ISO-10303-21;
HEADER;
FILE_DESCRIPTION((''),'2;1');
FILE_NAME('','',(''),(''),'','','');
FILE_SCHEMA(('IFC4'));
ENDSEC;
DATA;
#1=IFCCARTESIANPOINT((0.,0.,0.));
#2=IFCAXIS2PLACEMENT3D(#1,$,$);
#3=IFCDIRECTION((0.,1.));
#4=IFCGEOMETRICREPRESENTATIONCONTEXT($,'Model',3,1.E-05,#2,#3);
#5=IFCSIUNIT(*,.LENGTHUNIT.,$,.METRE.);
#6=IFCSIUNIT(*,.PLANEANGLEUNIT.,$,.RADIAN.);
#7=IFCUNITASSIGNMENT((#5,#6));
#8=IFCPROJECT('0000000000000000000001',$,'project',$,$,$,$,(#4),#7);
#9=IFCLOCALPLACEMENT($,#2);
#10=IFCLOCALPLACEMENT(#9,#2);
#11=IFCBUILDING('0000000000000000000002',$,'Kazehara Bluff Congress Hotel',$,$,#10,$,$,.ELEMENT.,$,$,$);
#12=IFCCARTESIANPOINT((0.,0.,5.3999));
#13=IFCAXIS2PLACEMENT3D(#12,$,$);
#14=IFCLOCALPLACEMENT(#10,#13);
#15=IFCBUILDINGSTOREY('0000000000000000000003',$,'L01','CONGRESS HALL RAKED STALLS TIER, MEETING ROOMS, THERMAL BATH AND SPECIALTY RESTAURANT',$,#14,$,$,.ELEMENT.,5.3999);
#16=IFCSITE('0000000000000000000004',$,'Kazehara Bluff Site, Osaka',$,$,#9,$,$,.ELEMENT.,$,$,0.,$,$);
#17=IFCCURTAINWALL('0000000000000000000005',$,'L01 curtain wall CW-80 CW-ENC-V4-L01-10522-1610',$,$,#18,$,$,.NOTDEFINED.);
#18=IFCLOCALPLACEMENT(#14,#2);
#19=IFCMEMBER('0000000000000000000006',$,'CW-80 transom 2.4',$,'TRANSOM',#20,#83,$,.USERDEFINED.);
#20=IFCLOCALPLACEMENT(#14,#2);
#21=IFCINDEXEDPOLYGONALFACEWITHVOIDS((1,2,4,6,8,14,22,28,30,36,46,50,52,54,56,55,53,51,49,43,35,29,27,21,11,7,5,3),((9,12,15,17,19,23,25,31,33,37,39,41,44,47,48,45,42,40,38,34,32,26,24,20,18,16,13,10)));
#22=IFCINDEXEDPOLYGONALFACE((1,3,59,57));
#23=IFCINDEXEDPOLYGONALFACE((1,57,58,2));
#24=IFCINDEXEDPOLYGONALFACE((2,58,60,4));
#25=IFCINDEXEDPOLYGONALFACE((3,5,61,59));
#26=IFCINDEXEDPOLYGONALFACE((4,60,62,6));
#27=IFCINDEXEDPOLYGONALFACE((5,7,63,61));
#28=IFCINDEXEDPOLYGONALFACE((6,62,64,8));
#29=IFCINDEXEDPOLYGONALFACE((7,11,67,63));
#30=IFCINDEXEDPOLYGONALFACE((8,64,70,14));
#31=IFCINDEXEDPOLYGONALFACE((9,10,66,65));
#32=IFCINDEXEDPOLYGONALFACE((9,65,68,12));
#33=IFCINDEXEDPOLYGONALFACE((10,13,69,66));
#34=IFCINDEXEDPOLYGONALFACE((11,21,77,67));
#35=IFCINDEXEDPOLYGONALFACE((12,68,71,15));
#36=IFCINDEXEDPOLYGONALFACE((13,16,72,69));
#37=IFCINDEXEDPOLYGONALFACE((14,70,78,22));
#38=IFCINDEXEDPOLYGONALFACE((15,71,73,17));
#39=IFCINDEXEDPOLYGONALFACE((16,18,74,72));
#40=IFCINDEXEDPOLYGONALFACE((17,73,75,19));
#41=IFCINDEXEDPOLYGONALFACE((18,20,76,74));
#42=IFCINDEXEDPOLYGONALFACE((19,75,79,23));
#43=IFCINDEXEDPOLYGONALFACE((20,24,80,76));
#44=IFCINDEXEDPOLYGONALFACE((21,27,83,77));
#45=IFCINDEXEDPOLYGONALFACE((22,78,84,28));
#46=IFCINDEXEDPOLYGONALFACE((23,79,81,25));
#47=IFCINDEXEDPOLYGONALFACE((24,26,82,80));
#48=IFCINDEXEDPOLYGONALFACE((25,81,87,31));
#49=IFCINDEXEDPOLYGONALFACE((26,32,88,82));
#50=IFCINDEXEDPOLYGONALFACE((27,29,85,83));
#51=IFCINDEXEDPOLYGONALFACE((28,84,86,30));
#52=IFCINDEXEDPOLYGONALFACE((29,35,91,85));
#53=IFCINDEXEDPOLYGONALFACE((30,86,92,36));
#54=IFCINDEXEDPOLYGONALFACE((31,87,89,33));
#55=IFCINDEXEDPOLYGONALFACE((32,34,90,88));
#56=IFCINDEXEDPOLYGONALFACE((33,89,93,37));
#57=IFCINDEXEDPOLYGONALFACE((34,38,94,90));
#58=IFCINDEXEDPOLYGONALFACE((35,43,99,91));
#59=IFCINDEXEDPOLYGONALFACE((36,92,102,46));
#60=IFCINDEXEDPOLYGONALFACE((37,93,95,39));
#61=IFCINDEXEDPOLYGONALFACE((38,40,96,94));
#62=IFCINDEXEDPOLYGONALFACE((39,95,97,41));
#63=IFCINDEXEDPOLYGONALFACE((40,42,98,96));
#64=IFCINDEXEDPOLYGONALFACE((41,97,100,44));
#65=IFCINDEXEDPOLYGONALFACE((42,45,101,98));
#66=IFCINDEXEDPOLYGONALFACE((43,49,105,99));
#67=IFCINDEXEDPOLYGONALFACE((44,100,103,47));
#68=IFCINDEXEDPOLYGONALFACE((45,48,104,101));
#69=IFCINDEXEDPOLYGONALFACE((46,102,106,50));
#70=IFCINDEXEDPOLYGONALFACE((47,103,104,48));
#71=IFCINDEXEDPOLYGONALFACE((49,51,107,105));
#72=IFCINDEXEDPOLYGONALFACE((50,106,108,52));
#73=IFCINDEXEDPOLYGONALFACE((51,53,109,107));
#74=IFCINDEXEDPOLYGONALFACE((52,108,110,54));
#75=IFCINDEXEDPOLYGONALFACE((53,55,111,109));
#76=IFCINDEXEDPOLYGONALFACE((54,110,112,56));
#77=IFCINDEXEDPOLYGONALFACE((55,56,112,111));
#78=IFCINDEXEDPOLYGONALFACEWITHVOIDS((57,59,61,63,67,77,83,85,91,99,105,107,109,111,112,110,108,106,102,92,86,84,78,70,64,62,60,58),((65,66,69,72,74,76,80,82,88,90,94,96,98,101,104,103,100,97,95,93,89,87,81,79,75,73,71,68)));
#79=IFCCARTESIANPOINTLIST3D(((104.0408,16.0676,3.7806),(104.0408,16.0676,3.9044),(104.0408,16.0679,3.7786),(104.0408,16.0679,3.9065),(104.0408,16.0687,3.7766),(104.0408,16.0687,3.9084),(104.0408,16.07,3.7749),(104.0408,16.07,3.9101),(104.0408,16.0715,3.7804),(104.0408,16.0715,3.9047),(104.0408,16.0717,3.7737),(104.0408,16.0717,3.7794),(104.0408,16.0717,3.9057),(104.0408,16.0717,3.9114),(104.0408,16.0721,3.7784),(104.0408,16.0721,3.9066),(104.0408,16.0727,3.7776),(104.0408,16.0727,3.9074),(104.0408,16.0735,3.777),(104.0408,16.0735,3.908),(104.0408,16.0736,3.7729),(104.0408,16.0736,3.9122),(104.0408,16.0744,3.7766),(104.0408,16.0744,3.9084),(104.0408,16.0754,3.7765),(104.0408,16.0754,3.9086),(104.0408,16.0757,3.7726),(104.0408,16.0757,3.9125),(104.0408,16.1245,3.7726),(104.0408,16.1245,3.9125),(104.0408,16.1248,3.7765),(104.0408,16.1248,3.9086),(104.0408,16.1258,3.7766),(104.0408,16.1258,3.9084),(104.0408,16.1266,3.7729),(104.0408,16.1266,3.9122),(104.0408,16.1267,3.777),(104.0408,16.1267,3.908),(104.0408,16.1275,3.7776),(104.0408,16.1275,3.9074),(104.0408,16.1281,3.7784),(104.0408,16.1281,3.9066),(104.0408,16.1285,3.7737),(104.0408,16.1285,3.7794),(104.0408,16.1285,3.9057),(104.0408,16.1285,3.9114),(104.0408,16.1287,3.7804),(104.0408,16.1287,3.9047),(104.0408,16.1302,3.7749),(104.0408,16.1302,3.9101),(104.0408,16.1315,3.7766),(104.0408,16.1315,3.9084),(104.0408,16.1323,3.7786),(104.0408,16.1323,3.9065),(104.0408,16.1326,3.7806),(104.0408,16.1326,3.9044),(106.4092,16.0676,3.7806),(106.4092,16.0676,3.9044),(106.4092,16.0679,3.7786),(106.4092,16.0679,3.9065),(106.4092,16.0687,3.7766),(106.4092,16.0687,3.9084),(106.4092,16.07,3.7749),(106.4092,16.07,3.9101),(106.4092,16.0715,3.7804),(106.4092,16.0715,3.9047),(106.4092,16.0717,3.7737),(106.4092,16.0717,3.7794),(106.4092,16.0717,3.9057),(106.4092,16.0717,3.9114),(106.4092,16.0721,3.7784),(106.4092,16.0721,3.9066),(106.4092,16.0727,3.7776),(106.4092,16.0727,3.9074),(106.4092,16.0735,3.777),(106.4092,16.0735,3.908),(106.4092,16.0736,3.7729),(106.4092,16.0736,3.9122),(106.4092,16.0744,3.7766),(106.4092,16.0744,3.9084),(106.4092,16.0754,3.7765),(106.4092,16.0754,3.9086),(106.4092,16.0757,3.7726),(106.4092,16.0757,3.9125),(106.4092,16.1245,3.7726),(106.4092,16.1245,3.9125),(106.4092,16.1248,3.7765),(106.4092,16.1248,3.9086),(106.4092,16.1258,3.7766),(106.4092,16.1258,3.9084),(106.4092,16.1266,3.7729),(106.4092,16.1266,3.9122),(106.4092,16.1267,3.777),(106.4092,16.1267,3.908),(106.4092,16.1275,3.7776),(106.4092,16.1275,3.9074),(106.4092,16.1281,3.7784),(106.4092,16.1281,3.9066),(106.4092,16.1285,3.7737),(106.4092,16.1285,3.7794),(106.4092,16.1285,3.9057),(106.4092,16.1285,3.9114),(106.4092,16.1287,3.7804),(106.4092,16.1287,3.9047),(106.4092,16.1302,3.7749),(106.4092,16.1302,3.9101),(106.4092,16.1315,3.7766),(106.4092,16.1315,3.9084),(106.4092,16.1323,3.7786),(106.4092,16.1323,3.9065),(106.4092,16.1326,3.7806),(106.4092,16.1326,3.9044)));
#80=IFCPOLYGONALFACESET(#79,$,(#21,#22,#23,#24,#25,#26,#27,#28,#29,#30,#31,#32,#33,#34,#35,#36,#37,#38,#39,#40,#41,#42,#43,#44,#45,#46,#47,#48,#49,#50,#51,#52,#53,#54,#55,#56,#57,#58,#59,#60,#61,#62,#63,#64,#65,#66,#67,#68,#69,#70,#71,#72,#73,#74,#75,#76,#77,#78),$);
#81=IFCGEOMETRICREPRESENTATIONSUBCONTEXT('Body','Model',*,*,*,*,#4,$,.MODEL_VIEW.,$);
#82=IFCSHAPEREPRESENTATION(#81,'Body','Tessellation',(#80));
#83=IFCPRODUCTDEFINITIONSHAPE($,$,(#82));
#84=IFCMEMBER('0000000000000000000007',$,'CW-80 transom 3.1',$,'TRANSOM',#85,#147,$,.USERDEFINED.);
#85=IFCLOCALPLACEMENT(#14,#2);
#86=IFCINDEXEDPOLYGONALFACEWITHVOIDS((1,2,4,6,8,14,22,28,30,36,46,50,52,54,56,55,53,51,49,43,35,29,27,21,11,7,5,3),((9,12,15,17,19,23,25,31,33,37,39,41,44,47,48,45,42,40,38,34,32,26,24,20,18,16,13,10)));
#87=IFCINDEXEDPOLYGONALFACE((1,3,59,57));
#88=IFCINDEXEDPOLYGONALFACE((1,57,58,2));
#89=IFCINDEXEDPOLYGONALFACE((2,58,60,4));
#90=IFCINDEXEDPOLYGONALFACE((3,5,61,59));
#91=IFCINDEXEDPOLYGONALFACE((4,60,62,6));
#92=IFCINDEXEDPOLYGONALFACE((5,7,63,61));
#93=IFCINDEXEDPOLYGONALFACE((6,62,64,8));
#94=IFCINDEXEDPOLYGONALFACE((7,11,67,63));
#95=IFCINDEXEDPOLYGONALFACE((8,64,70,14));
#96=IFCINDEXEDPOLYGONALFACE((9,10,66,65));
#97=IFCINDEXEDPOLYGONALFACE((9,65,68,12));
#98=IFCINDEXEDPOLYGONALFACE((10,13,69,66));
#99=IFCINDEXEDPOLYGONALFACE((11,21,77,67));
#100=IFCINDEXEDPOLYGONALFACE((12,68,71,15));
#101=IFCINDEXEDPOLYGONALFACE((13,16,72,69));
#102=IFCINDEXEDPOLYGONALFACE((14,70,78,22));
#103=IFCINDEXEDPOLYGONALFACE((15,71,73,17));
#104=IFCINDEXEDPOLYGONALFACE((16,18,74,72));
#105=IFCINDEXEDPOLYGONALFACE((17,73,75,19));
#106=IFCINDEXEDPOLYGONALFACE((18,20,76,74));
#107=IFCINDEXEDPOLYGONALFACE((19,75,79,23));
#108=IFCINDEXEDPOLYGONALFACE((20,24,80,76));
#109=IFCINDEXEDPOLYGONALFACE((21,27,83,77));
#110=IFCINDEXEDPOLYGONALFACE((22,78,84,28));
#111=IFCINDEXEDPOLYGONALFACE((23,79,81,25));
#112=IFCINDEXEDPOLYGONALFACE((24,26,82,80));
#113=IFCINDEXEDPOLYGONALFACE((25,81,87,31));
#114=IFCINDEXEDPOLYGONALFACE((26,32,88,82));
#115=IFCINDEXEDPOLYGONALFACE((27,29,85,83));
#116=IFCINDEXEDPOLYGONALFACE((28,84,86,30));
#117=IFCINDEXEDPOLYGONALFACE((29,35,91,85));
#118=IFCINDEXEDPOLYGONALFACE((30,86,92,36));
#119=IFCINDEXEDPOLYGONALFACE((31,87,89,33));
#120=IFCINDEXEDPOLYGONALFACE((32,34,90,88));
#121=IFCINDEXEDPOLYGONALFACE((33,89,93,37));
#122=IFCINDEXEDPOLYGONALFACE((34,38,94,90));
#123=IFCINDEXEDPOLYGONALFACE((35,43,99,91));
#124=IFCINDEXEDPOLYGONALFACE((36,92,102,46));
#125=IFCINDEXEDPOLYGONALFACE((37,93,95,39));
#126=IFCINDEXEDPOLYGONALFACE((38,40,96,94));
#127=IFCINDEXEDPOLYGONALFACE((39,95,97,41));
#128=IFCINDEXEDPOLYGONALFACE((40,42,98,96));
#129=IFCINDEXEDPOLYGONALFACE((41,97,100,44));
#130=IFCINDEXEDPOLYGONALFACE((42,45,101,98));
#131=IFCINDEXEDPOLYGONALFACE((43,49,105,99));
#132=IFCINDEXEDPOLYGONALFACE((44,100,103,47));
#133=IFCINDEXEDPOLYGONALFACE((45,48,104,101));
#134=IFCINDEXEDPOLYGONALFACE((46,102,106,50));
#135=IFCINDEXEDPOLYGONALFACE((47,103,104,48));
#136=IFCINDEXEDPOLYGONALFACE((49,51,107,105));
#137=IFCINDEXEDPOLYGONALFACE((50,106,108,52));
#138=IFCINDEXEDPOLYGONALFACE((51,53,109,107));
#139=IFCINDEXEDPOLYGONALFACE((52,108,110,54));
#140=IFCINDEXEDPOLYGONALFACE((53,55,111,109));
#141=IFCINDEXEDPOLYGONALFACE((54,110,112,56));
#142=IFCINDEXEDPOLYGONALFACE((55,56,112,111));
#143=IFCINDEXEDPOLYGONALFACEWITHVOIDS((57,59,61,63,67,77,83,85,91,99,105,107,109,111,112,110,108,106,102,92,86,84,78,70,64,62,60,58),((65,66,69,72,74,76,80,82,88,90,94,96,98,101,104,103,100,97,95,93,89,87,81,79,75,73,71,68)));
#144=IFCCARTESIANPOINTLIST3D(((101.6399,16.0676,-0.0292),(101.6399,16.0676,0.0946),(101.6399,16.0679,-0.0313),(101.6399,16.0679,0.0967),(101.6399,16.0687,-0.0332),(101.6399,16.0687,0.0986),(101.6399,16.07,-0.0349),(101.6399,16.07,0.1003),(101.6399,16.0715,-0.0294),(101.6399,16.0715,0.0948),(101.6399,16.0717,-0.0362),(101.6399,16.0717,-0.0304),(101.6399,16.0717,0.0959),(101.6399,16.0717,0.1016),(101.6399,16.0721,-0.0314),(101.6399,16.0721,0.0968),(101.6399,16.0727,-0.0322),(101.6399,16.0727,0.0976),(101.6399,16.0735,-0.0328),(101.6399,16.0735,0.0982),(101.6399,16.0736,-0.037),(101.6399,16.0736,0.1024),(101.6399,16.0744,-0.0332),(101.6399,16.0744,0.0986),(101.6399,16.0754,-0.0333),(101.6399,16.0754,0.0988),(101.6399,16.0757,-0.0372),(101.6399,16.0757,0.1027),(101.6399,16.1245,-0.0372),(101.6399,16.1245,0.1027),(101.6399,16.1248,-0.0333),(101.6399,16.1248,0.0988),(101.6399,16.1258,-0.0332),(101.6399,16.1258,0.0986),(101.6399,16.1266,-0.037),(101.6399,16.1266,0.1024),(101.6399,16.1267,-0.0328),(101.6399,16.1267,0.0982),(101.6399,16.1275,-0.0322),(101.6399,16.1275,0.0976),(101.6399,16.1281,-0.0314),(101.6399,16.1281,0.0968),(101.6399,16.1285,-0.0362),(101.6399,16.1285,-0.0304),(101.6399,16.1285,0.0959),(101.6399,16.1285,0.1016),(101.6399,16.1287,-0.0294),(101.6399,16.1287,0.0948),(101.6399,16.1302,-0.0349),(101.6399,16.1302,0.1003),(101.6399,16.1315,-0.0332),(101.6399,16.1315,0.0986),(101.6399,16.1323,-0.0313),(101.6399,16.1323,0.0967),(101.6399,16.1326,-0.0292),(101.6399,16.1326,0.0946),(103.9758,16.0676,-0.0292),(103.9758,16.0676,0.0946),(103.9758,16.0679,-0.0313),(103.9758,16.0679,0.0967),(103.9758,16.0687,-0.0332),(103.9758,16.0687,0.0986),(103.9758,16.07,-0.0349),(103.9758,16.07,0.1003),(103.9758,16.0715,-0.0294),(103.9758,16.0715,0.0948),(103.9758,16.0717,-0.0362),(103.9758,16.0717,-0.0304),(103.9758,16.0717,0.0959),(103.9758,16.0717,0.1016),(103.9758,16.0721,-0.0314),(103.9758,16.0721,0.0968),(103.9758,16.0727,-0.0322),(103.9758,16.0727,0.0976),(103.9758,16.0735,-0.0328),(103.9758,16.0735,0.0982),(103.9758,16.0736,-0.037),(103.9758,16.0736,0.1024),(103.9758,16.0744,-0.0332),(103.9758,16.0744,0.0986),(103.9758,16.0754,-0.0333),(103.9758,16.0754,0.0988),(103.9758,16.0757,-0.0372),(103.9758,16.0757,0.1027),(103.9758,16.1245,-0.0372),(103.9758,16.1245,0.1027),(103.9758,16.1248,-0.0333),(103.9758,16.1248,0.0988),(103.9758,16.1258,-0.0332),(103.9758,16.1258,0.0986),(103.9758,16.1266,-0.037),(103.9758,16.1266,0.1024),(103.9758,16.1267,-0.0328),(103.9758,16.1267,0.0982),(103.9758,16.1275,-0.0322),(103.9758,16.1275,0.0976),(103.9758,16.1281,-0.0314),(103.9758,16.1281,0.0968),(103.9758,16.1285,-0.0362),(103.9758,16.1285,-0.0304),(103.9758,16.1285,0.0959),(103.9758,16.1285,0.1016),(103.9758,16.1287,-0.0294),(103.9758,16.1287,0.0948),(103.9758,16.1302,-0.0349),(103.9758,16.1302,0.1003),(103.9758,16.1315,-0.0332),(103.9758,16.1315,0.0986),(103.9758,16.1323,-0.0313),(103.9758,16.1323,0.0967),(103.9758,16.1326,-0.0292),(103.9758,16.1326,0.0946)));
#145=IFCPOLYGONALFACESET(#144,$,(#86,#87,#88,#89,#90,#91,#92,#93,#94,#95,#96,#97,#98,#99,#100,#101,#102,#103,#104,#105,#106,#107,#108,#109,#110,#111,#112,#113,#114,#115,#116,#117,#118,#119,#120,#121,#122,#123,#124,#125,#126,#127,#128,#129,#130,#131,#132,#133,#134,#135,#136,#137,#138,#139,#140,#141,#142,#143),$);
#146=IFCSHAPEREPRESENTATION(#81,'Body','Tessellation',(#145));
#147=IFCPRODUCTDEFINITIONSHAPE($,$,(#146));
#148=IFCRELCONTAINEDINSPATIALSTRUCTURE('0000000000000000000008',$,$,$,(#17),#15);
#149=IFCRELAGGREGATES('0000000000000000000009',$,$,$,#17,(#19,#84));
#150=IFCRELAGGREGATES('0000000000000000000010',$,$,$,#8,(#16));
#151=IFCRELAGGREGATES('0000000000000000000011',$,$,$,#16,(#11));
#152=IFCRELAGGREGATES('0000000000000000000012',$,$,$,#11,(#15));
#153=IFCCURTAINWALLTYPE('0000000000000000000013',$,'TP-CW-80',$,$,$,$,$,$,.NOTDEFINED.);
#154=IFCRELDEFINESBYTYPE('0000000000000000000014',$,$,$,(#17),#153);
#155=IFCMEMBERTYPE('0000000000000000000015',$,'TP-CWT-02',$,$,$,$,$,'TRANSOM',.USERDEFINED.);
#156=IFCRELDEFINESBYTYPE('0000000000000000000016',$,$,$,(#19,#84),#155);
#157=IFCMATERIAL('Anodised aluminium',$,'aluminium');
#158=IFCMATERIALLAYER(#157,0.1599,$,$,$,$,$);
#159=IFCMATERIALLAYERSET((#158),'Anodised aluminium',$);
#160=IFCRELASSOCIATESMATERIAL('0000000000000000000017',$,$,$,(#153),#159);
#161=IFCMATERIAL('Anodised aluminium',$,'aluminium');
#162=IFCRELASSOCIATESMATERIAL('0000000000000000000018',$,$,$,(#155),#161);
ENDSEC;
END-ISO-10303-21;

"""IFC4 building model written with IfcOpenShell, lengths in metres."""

from ifc_helpers import new_model, si_unit, direction, frame, origin, origin_2d, place, context, subcontext, project, spatial, hollow_rectangle, extrude, material, layer, layer_set, material_profile, profile_set, type_object, element, aggregate, save


model = new_model("IFC4")

# Units and contexts
model_context = context("Model", 3, precision=1e-05, world=origin(), true_north=direction((0.0, 1.0)))
body_context = subcontext(model_context, "Body", "Model", "MODEL_VIEW")
ifc_project = project(units=[si_unit("LENGTHUNIT", "METRE"), si_unit("PLANEANGLEUNIT", "RADIAN")], contexts=[model_context])

# Site, building, storey
site_placement = place(None, origin())
site = spatial("IfcSite", under=ifc_project, at=site_placement, Name="Kazehara Bluff Site, Osaka", CompositionType="ELEMENT", RefElevation=0.0)
building_placement = place(site_placement, origin())
building = spatial("IfcBuilding", under=site, at=building_placement, Name="Kazehara Bluff Congress Hotel", CompositionType="ELEMENT")
storey_placement = place(building_placement, frame((0.0, 0.0, 5.3999)))
storey = spatial("IfcBuildingStorey", under=building, at=storey_placement, Name="L01", Description="CONGRESS HALL RAKED STALLS TIER, MEETING ROOMS, THERMAL BATH AND SPECIALTY RESTAURANT", CompositionType="ELEMENT", Elevation=5.3999)

# Curtain wall, members
ifc_material_1 = material(Name="Anodised aluminium", Category="aluminium")
ifc_layer_1 = layer(ifc_material_1, 0.1599)
ifc_layer_set_1 = layer_set([ifc_layer_1], Name="Anodised aluminium")
curtain_wall_type = type_object("IfcCurtainWallType", Name="TP-CW-80", PredefinedType="NOTDEFINED", material=ifc_layer_set_1)
curtain_wall_placement = place(storey_placement, origin())
curtain_wall = element("IfcCurtainWall", 1, at=curtain_wall_placement, inside=storey, type_object=curtain_wall_type, Name="L01 curtain wall CW-80 CW-ENC-V4-L01-10522-1610", PredefinedType="NOTDEFINED")
ifc_material_2 = material(Name="Anodised aluminium", Category="aluminium")
ifc_material_profile_1 = material_profile(ifc_material_2, hollow_rectangle(XDim=0.0649, YDim=0.1399, WallThickness=0.0039, InnerFilletRadius=0.0039, OuterFilletRadius=0.0081, at=origin_2d()))
ifc_profile_set_1 = profile_set([ifc_material_profile_1], Name="Anodised aluminium")
member_type_1 = type_object("IfcMemberType", Name="TP-CWT-02", ElementType="TRANSOM", PredefinedType="USERDEFINED", material=ifc_profile_set_1)
member_1_placement = place(storey_placement, frame((106.4092, 16.1001, 3.8425), z_axis=(-1.0, 0.0, 0.0), x_axis=(0.0, -1.0, 0.0)))
member_1 = element("IfcMember", 2, at=member_1_placement, type_object=member_type_1, Name="CW-80 transom 2.4", ObjectType="TRANSOM", PredefinedType="USERDEFINED", context=body_context, shape_type="SweptSolid", body=[
    extrude(hollow_rectangle(XDim=0.0649, YDim=0.1399, WallThickness=0.0039, InnerFilletRadius=0.0039, OuterFilletRadius=0.0081, at=origin_2d()), origin(), (0.0, 0.0, 1.0), 2.3684),
])
member_2_placement = place(storey_placement, frame((103.9758, 16.1001, 0.0327), z_axis=(-1.0, 0.0, 0.0), x_axis=(0.0, -1.0, 0.0)))
member_2 = element("IfcMember", 3, at=member_2_placement, type_object=member_type_1, Name="CW-80 transom 3.1", ObjectType="TRANSOM", PredefinedType="USERDEFINED", context=body_context, shape_type="SweptSolid", body=[
    extrude(hollow_rectangle(XDim=0.0649, YDim=0.1399, WallThickness=0.0039, InnerFilletRadius=0.0039, OuterFilletRadius=0.0081, at=origin_2d()), origin(), (0.0, 0.0, 1.0), 2.3359),
])

aggregate(curtain_wall, [member_1, member_2])

save(model, "model.ifc")
